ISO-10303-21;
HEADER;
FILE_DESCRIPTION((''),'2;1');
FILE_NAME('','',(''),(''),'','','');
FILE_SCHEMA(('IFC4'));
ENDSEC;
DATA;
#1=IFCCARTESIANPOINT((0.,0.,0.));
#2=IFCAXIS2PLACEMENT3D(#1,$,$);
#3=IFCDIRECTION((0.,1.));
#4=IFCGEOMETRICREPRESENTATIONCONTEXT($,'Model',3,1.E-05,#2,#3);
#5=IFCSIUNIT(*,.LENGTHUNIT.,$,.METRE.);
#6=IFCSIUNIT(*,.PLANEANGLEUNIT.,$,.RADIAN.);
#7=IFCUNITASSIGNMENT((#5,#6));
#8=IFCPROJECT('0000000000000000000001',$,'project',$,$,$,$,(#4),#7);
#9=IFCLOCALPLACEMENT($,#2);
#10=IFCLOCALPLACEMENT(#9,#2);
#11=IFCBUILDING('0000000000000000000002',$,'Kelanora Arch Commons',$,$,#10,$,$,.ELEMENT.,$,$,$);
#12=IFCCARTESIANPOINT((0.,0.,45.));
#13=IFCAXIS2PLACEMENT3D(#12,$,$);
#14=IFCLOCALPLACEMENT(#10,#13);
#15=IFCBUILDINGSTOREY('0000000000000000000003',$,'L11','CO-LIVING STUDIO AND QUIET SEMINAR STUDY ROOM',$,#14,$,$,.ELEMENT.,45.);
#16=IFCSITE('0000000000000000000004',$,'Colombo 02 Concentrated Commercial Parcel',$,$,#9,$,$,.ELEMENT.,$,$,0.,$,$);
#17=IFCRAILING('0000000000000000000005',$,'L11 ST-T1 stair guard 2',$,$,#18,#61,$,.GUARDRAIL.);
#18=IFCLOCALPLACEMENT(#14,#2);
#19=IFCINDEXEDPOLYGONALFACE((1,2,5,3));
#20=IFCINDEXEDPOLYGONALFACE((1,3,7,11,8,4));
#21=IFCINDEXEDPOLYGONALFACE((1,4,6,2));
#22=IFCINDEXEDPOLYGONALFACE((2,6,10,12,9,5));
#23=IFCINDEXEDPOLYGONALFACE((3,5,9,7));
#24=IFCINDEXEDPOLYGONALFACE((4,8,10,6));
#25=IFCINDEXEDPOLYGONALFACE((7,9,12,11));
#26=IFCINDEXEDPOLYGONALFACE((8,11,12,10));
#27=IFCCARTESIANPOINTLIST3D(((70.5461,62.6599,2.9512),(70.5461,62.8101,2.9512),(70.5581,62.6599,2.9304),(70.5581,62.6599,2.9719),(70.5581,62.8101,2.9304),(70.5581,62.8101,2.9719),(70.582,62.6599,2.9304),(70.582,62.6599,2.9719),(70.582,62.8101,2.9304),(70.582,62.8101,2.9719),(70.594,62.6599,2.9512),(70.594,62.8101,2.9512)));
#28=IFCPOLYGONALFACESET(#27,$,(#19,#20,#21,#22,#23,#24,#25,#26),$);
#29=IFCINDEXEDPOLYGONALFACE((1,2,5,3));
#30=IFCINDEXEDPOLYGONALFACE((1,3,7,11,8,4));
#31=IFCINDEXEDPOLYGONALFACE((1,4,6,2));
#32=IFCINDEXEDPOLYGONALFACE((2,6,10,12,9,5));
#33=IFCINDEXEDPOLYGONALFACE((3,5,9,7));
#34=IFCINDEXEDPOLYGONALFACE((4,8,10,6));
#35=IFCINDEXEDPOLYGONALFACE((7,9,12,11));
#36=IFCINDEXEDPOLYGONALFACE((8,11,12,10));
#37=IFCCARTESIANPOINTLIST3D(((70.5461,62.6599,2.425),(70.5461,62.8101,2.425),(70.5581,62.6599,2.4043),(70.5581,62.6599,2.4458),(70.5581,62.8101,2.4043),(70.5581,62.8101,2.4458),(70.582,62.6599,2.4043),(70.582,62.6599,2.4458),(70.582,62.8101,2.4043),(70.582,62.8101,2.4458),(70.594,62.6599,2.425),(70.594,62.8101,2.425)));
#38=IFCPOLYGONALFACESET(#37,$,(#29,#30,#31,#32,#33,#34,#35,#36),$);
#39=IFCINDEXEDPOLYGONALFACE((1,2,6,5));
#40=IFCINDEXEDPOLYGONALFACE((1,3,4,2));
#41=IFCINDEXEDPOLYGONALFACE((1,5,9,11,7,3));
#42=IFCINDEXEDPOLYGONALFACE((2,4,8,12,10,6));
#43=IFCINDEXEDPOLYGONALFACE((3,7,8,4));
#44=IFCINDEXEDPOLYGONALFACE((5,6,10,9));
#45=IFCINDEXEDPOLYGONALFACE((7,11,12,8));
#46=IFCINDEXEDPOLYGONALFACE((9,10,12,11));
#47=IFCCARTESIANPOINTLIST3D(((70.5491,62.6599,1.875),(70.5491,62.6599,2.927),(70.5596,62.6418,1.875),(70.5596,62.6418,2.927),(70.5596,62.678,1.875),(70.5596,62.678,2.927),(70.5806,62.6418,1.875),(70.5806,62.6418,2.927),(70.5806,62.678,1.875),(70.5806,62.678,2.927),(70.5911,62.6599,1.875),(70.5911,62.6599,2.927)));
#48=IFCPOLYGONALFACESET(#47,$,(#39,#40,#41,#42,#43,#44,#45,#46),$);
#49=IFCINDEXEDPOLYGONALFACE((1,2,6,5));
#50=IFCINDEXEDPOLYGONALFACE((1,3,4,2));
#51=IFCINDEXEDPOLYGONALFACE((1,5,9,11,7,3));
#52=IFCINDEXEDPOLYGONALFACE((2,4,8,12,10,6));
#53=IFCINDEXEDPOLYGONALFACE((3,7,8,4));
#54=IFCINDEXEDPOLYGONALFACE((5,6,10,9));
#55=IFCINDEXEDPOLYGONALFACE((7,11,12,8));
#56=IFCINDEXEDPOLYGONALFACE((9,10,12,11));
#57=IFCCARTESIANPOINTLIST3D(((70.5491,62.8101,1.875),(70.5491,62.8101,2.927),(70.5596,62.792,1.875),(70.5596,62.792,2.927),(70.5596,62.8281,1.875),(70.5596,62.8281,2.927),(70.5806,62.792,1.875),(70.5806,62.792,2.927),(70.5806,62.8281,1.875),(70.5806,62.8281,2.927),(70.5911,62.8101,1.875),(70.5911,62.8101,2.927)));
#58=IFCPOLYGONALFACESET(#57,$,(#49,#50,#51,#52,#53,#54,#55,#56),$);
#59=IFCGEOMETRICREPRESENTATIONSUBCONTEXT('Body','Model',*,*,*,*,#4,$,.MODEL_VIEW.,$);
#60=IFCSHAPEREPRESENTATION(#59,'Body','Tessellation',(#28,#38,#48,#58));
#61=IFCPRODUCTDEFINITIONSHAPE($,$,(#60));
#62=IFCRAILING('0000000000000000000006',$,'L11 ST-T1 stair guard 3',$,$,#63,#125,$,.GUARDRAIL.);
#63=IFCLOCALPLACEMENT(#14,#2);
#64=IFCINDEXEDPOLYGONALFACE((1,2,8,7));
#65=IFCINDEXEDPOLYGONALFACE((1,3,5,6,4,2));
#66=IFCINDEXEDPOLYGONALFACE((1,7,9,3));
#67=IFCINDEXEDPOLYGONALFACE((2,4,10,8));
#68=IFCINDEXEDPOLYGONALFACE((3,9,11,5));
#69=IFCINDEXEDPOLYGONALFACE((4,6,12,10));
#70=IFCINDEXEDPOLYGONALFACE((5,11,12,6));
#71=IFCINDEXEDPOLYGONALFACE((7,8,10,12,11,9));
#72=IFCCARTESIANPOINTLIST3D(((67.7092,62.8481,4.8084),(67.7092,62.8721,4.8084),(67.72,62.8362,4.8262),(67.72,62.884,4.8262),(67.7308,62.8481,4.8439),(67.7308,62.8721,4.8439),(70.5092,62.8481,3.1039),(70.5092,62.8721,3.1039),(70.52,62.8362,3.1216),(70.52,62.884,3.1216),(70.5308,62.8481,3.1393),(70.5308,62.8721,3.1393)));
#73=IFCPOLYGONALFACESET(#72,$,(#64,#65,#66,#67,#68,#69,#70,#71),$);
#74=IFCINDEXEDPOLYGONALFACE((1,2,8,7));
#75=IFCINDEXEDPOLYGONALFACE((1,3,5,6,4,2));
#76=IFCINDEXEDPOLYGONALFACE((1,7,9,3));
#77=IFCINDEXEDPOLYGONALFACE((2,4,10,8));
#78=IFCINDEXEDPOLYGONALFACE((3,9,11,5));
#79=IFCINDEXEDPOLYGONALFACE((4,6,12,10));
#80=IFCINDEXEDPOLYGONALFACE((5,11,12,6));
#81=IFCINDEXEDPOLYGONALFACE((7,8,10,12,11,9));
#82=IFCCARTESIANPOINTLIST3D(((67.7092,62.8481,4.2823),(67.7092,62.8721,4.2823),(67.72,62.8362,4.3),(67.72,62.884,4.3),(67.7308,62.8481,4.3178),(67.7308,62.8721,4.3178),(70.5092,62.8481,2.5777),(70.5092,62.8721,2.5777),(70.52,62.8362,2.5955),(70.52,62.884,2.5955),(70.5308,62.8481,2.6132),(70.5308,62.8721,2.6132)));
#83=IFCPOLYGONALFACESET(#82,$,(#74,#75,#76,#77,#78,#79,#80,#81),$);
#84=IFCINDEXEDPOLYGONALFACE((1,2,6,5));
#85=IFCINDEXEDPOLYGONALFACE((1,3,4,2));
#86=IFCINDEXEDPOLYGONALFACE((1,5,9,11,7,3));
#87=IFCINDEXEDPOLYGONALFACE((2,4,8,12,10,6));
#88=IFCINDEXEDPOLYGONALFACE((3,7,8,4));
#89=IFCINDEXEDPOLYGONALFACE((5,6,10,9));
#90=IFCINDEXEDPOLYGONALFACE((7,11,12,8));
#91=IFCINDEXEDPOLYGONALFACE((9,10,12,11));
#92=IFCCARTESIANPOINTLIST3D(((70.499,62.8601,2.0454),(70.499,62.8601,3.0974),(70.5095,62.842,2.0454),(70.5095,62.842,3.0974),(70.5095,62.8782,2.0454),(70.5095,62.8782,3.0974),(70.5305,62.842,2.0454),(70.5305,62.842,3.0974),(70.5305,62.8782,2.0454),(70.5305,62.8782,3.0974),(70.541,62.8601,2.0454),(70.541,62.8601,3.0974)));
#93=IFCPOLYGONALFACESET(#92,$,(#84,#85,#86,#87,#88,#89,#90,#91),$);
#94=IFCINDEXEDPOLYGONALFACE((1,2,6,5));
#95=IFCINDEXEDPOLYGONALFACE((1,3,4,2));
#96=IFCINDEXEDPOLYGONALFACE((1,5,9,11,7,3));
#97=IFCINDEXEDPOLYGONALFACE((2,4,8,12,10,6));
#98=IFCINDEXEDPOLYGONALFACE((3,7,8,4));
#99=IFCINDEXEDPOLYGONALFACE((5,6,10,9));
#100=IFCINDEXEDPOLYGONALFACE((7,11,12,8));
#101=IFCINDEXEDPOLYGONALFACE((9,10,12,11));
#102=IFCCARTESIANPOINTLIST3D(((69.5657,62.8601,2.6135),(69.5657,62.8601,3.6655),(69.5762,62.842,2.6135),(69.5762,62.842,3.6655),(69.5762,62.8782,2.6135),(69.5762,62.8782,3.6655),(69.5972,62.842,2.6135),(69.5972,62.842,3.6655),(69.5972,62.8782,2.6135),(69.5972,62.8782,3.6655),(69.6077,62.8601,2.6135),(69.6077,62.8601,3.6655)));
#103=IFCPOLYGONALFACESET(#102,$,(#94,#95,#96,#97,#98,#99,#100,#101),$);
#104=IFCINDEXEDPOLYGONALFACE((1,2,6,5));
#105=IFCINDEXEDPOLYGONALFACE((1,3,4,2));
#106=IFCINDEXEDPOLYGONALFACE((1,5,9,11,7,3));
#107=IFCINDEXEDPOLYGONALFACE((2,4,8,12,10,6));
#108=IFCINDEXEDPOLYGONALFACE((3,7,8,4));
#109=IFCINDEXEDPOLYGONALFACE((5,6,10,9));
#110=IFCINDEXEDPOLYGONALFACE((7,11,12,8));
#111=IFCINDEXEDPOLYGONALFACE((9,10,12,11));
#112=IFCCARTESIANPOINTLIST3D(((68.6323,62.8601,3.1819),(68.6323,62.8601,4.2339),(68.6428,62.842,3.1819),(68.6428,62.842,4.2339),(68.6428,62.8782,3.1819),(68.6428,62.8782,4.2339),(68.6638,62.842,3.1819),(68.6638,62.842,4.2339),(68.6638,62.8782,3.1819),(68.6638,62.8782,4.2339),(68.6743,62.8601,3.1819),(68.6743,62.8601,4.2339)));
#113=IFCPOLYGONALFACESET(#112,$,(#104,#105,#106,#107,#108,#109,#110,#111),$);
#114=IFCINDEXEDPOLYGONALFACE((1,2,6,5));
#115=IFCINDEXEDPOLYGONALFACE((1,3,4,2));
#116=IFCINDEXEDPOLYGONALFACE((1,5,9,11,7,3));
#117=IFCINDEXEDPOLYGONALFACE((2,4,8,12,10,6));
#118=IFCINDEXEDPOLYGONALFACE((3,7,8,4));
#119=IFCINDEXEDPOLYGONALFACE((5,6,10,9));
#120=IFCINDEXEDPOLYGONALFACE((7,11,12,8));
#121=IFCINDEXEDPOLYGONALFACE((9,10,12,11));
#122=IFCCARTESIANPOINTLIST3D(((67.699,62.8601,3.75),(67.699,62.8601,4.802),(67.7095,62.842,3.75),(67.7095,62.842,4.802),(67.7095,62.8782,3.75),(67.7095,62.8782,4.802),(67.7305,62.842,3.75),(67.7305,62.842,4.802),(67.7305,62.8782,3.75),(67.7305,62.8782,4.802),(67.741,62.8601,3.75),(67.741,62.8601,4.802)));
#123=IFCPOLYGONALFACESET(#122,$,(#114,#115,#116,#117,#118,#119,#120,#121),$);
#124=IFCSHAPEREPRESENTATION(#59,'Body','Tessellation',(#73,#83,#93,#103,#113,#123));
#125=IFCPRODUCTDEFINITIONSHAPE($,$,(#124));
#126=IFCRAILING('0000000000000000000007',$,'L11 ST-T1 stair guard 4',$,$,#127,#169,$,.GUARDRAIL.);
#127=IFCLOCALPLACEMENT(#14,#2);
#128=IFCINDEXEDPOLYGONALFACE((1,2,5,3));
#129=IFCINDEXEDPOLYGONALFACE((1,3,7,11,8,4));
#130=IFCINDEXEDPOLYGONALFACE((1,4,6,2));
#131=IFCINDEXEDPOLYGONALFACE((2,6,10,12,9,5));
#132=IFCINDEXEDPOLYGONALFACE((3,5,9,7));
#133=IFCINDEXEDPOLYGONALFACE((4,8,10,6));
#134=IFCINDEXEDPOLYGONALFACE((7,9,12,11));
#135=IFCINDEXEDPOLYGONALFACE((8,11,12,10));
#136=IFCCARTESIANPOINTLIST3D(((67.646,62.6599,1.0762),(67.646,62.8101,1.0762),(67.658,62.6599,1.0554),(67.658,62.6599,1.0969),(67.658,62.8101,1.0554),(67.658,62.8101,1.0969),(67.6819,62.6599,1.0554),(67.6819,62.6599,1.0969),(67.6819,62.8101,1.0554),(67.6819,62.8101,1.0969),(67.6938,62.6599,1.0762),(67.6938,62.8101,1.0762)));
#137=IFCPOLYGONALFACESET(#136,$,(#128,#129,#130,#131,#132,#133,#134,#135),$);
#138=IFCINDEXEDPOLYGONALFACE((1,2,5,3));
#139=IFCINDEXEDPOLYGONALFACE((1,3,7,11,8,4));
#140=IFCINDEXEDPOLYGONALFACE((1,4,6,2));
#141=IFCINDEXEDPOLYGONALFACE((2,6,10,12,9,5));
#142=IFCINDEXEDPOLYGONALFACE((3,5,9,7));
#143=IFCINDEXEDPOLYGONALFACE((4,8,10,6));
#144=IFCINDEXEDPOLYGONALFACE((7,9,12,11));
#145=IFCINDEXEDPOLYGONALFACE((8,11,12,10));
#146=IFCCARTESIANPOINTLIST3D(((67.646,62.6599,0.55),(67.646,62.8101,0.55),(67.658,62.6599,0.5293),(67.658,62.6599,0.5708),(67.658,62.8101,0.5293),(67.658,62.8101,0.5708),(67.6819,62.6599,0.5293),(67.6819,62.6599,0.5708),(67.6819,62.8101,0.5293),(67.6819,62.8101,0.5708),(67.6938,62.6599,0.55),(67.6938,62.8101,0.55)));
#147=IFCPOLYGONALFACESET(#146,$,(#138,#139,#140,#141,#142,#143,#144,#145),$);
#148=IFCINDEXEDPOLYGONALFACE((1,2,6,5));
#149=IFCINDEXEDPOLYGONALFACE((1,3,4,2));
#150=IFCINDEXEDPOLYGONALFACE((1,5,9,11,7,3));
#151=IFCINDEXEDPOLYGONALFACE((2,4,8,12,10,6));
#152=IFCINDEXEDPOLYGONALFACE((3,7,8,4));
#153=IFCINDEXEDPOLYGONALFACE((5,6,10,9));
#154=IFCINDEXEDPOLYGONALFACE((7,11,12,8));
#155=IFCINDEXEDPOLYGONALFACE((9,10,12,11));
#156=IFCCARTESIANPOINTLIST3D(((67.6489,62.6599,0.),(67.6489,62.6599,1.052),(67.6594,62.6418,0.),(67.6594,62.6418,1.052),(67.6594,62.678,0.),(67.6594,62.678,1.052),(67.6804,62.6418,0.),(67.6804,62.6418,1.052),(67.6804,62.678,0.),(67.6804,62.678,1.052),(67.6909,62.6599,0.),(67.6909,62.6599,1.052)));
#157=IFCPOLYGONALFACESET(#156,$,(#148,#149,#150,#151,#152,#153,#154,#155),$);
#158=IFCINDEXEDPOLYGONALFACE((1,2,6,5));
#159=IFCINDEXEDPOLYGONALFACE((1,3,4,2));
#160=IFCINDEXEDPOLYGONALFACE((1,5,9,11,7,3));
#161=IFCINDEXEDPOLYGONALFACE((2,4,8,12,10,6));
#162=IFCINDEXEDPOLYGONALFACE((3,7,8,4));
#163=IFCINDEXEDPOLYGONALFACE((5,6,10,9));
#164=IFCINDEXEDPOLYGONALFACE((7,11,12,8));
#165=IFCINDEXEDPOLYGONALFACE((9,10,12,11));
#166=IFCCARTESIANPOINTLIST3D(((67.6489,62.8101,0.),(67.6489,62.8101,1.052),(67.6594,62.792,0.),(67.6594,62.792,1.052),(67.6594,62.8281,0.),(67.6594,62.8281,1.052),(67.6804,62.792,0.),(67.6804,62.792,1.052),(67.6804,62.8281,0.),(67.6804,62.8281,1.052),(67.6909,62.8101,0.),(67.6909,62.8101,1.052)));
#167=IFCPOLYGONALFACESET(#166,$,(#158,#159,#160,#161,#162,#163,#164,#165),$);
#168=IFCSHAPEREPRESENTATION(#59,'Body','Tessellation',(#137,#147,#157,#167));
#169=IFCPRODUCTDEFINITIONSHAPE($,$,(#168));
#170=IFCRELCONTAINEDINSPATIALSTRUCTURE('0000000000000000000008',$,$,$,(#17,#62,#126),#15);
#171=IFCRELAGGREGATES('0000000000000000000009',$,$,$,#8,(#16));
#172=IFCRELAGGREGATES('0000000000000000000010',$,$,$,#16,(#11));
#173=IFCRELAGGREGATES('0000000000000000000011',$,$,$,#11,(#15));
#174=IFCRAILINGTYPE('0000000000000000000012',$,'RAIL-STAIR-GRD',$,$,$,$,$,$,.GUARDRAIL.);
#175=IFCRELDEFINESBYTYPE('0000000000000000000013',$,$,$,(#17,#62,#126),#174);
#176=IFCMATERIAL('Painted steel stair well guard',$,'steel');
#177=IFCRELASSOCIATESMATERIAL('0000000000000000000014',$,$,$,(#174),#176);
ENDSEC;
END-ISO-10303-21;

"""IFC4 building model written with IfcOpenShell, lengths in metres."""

from ifc_helpers import new_model, si_unit, direction, frame, origin, place, context, subcontext, project, spatial, polyline, outline, extrude, material, type_object, element, save


model = new_model("IFC4")

# Units and contexts
model_context = context("Model", 3, precision=1e-05, world=origin(), true_north=direction((0.0, 1.0)))
body_context = subcontext(model_context, "Body", "Model", "MODEL_VIEW")
ifc_project = project(units=[si_unit("LENGTHUNIT", "METRE"), si_unit("PLANEANGLEUNIT", "RADIAN")], contexts=[model_context])

# Site, building, storey
site_placement = place(None, origin())
site = spatial("IfcSite", under=ifc_project, at=site_placement, Name="Colombo 02 Concentrated Commercial Parcel", CompositionType="ELEMENT", RefElevation=0.0)
building_placement = place(site_placement, origin())
building = spatial("IfcBuilding", under=site, at=building_placement, Name="Kelanora Arch Commons", CompositionType="ELEMENT")
storey_placement = place(building_placement, frame((0.0, 0.0, 45.0)))
storey = spatial("IfcBuildingStorey", under=building, at=storey_placement, Name="L11", Description="CO-LIVING STUDIO AND QUIET SEMINAR STUDY ROOM", CompositionType="ELEMENT", Elevation=45.0)

# Railings
ifc_material_1 = material(Name="Painted steel stair well guard", Category="steel")
railing_type_1 = type_object("IfcRailingType", Name="RAIL-STAIR-GRD", PredefinedType="GUARDRAIL", material=ifc_material_1)
railing_1_placement = place(storey_placement, frame((70.5701, 62.6599, 1.875)))
element("IfcRailing", 1, at=railing_1_placement, inside=storey, type_object=railing_type_1, Name="L11 ST-T1 stair guard 2", PredefinedType="GUARDRAIL", context=body_context, shape_type="SweptSolid", body=[
    extrude(outline(polyline([(0.0239, 0.0), (0.012, 0.0208), (-0.012, 0.0208), (-0.0239, 0.0), (-0.012, -0.0208), (0.012, -0.0208), (0.0239, 0.0)])), frame((0.0, 0.0, 1.0762), z_axis=(0.0, 1.0, 0.0), x_axis=(-1.0, 0.0, 0.0)), (0.0, 0.0, 1.0), 0.1501),
    extrude(outline(polyline([(0.0239, 0.0), (0.012, 0.0208), (-0.012, 0.0208), (-0.0239, 0.0), (-0.012, -0.0208), (0.012, -0.0208), (0.0239, 0.0)])), frame((0.0, 0.0, 0.55), z_axis=(0.0, 1.0, 0.0), x_axis=(-1.0, 0.0, 0.0)), (0.0, 0.0, 1.0), 0.1501),
    extrude(outline(polyline([(0.021, 0.0), (0.0105, 0.0181), (-0.0105, 0.0181), (-0.021, 0.0), (-0.0105, -0.0181), (0.0105, -0.0181), (0.021, 0.0)])), origin(), (0.0, 0.0, 1.0), 1.052),
    extrude(outline(polyline([(0.021, 0.0), (0.0105, 0.0181), (-0.0105, 0.0181), (-0.021, 0.0), (-0.0105, -0.0181), (0.0105, -0.0181), (0.021, 0.0)])), frame((0.0, 0.1501, 0.0)), (0.0, 0.0, 1.0), 1.052),
])
railing_2_placement = place(storey_placement, frame((70.52, 62.8601, 2.0454)))
element("IfcRailing", 2, at=railing_2_placement, inside=storey, type_object=railing_type_1, Name="L11 ST-T1 stair guard 3", PredefinedType="GUARDRAIL", context=body_context, shape_type="SweptSolid", body=[
    extrude(outline(polyline([(0.0239, 0.0), (0.012, 0.0208), (-0.012, 0.0208), (-0.0239, 0.0), (-0.012, -0.0208), (0.012, -0.0208), (0.0239, 0.0)])), frame((0.0, 0.0, 1.0762), z_axis=(-0.85417, 0.0, 0.519994), x_axis=(0.0, -1.0, 0.0)), (0.0, 0.0, 1.0), 3.2781),
    extrude(outline(polyline([(0.0239, 0.0), (0.012, 0.0208), (-0.012, 0.0208), (-0.0239, 0.0), (-0.012, -0.0208), (0.012, -0.0208), (0.0239, 0.0)])), frame((0.0, 0.0, 0.55), z_axis=(-0.85417, 0.0, 0.519994), x_axis=(0.0, -1.0, 0.0)), (0.0, 0.0, 1.0), 3.2781),
    extrude(outline(polyline([(0.021, 0.0), (0.0105, 0.0181), (-0.0105, 0.0181), (-0.021, 0.0), (-0.0105, -0.0181), (0.0105, -0.0181), (0.021, 0.0)])), origin(), (0.0, 0.0, 1.0), 1.052),
    extrude(outline(polyline([(0.021, 0.0), (0.0105, 0.0181), (-0.0105, 0.0181), (-0.021, 0.0), (-0.0105, -0.0181), (0.0105, -0.0181), (0.021, 0.0)])), frame((-0.9333, 0.0, 0.5681)), (0.0, 0.0, 1.0), 1.052),
    extrude(outline(polyline([(0.021, 0.0), (0.0105, 0.0181), (-0.0105, 0.0181), (-0.021, 0.0), (-0.0105, -0.0181), (0.0105, -0.0181), (0.021, 0.0)])), frame((-1.8667, 0.0, 1.1365)), (0.0, 0.0, 1.0), 1.052),
    extrude(outline(polyline([(0.021, 0.0), (0.0105, 0.0181), (-0.0105, 0.0181), (-0.021, 0.0), (-0.0105, -0.0181), (0.0105, -0.0181), (0.021, 0.0)])), frame((-2.8, 0.0, 1.7046)), (0.0, 0.0, 1.0), 1.052),
])
railing_3_placement = place(storey_placement, frame((67.6699, 62.6599, 0.0)))
element("IfcRailing", 3, at=railing_3_placement, inside=storey, type_object=railing_type_1, Name="L11 ST-T1 stair guard 4", PredefinedType="GUARDRAIL", context=body_context, shape_type="SweptSolid", body=[
    extrude(outline(polyline([(0.0239, 0.0), (0.012, 0.0208), (-0.012, 0.0208), (-0.0239, 0.0), (-0.012, -0.0208), (0.012, -0.0208), (0.0239, 0.0)])), frame((0.0, 0.0, 1.0762), z_axis=(0.0, 1.0, 0.0), x_axis=(-1.0, 0.0, 0.0)), (0.0, 0.0, 1.0), 0.1501),
    extrude(outline(polyline([(0.0239, 0.0), (0.012, 0.0208), (-0.012, 0.0208), (-0.0239, 0.0), (-0.012, -0.0208), (0.012, -0.0208), (0.0239, 0.0)])), frame((0.0, 0.0, 0.55), z_axis=(0.0, 1.0, 0.0), x_axis=(-1.0, 0.0, 0.0)), (0.0, 0.0, 1.0), 0.1501),
    extrude(outline(polyline([(0.021, 0.0), (0.0105, 0.0181), (-0.0105, 0.0181), (-0.021, 0.0), (-0.0105, -0.0181), (0.0105, -0.0181), (0.021, 0.0)])), origin(), (0.0, 0.0, 1.0), 1.052),
    extrude(outline(polyline([(0.021, 0.0), (0.0105, 0.0181), (-0.0105, 0.0181), (-0.021, 0.0), (-0.0105, -0.0181), (0.0105, -0.0181), (0.021, 0.0)])), frame((0.0, 0.1501, 0.0)), (0.0, 0.0, 1.0), 1.052),
])

save(model, "model.ifc")
